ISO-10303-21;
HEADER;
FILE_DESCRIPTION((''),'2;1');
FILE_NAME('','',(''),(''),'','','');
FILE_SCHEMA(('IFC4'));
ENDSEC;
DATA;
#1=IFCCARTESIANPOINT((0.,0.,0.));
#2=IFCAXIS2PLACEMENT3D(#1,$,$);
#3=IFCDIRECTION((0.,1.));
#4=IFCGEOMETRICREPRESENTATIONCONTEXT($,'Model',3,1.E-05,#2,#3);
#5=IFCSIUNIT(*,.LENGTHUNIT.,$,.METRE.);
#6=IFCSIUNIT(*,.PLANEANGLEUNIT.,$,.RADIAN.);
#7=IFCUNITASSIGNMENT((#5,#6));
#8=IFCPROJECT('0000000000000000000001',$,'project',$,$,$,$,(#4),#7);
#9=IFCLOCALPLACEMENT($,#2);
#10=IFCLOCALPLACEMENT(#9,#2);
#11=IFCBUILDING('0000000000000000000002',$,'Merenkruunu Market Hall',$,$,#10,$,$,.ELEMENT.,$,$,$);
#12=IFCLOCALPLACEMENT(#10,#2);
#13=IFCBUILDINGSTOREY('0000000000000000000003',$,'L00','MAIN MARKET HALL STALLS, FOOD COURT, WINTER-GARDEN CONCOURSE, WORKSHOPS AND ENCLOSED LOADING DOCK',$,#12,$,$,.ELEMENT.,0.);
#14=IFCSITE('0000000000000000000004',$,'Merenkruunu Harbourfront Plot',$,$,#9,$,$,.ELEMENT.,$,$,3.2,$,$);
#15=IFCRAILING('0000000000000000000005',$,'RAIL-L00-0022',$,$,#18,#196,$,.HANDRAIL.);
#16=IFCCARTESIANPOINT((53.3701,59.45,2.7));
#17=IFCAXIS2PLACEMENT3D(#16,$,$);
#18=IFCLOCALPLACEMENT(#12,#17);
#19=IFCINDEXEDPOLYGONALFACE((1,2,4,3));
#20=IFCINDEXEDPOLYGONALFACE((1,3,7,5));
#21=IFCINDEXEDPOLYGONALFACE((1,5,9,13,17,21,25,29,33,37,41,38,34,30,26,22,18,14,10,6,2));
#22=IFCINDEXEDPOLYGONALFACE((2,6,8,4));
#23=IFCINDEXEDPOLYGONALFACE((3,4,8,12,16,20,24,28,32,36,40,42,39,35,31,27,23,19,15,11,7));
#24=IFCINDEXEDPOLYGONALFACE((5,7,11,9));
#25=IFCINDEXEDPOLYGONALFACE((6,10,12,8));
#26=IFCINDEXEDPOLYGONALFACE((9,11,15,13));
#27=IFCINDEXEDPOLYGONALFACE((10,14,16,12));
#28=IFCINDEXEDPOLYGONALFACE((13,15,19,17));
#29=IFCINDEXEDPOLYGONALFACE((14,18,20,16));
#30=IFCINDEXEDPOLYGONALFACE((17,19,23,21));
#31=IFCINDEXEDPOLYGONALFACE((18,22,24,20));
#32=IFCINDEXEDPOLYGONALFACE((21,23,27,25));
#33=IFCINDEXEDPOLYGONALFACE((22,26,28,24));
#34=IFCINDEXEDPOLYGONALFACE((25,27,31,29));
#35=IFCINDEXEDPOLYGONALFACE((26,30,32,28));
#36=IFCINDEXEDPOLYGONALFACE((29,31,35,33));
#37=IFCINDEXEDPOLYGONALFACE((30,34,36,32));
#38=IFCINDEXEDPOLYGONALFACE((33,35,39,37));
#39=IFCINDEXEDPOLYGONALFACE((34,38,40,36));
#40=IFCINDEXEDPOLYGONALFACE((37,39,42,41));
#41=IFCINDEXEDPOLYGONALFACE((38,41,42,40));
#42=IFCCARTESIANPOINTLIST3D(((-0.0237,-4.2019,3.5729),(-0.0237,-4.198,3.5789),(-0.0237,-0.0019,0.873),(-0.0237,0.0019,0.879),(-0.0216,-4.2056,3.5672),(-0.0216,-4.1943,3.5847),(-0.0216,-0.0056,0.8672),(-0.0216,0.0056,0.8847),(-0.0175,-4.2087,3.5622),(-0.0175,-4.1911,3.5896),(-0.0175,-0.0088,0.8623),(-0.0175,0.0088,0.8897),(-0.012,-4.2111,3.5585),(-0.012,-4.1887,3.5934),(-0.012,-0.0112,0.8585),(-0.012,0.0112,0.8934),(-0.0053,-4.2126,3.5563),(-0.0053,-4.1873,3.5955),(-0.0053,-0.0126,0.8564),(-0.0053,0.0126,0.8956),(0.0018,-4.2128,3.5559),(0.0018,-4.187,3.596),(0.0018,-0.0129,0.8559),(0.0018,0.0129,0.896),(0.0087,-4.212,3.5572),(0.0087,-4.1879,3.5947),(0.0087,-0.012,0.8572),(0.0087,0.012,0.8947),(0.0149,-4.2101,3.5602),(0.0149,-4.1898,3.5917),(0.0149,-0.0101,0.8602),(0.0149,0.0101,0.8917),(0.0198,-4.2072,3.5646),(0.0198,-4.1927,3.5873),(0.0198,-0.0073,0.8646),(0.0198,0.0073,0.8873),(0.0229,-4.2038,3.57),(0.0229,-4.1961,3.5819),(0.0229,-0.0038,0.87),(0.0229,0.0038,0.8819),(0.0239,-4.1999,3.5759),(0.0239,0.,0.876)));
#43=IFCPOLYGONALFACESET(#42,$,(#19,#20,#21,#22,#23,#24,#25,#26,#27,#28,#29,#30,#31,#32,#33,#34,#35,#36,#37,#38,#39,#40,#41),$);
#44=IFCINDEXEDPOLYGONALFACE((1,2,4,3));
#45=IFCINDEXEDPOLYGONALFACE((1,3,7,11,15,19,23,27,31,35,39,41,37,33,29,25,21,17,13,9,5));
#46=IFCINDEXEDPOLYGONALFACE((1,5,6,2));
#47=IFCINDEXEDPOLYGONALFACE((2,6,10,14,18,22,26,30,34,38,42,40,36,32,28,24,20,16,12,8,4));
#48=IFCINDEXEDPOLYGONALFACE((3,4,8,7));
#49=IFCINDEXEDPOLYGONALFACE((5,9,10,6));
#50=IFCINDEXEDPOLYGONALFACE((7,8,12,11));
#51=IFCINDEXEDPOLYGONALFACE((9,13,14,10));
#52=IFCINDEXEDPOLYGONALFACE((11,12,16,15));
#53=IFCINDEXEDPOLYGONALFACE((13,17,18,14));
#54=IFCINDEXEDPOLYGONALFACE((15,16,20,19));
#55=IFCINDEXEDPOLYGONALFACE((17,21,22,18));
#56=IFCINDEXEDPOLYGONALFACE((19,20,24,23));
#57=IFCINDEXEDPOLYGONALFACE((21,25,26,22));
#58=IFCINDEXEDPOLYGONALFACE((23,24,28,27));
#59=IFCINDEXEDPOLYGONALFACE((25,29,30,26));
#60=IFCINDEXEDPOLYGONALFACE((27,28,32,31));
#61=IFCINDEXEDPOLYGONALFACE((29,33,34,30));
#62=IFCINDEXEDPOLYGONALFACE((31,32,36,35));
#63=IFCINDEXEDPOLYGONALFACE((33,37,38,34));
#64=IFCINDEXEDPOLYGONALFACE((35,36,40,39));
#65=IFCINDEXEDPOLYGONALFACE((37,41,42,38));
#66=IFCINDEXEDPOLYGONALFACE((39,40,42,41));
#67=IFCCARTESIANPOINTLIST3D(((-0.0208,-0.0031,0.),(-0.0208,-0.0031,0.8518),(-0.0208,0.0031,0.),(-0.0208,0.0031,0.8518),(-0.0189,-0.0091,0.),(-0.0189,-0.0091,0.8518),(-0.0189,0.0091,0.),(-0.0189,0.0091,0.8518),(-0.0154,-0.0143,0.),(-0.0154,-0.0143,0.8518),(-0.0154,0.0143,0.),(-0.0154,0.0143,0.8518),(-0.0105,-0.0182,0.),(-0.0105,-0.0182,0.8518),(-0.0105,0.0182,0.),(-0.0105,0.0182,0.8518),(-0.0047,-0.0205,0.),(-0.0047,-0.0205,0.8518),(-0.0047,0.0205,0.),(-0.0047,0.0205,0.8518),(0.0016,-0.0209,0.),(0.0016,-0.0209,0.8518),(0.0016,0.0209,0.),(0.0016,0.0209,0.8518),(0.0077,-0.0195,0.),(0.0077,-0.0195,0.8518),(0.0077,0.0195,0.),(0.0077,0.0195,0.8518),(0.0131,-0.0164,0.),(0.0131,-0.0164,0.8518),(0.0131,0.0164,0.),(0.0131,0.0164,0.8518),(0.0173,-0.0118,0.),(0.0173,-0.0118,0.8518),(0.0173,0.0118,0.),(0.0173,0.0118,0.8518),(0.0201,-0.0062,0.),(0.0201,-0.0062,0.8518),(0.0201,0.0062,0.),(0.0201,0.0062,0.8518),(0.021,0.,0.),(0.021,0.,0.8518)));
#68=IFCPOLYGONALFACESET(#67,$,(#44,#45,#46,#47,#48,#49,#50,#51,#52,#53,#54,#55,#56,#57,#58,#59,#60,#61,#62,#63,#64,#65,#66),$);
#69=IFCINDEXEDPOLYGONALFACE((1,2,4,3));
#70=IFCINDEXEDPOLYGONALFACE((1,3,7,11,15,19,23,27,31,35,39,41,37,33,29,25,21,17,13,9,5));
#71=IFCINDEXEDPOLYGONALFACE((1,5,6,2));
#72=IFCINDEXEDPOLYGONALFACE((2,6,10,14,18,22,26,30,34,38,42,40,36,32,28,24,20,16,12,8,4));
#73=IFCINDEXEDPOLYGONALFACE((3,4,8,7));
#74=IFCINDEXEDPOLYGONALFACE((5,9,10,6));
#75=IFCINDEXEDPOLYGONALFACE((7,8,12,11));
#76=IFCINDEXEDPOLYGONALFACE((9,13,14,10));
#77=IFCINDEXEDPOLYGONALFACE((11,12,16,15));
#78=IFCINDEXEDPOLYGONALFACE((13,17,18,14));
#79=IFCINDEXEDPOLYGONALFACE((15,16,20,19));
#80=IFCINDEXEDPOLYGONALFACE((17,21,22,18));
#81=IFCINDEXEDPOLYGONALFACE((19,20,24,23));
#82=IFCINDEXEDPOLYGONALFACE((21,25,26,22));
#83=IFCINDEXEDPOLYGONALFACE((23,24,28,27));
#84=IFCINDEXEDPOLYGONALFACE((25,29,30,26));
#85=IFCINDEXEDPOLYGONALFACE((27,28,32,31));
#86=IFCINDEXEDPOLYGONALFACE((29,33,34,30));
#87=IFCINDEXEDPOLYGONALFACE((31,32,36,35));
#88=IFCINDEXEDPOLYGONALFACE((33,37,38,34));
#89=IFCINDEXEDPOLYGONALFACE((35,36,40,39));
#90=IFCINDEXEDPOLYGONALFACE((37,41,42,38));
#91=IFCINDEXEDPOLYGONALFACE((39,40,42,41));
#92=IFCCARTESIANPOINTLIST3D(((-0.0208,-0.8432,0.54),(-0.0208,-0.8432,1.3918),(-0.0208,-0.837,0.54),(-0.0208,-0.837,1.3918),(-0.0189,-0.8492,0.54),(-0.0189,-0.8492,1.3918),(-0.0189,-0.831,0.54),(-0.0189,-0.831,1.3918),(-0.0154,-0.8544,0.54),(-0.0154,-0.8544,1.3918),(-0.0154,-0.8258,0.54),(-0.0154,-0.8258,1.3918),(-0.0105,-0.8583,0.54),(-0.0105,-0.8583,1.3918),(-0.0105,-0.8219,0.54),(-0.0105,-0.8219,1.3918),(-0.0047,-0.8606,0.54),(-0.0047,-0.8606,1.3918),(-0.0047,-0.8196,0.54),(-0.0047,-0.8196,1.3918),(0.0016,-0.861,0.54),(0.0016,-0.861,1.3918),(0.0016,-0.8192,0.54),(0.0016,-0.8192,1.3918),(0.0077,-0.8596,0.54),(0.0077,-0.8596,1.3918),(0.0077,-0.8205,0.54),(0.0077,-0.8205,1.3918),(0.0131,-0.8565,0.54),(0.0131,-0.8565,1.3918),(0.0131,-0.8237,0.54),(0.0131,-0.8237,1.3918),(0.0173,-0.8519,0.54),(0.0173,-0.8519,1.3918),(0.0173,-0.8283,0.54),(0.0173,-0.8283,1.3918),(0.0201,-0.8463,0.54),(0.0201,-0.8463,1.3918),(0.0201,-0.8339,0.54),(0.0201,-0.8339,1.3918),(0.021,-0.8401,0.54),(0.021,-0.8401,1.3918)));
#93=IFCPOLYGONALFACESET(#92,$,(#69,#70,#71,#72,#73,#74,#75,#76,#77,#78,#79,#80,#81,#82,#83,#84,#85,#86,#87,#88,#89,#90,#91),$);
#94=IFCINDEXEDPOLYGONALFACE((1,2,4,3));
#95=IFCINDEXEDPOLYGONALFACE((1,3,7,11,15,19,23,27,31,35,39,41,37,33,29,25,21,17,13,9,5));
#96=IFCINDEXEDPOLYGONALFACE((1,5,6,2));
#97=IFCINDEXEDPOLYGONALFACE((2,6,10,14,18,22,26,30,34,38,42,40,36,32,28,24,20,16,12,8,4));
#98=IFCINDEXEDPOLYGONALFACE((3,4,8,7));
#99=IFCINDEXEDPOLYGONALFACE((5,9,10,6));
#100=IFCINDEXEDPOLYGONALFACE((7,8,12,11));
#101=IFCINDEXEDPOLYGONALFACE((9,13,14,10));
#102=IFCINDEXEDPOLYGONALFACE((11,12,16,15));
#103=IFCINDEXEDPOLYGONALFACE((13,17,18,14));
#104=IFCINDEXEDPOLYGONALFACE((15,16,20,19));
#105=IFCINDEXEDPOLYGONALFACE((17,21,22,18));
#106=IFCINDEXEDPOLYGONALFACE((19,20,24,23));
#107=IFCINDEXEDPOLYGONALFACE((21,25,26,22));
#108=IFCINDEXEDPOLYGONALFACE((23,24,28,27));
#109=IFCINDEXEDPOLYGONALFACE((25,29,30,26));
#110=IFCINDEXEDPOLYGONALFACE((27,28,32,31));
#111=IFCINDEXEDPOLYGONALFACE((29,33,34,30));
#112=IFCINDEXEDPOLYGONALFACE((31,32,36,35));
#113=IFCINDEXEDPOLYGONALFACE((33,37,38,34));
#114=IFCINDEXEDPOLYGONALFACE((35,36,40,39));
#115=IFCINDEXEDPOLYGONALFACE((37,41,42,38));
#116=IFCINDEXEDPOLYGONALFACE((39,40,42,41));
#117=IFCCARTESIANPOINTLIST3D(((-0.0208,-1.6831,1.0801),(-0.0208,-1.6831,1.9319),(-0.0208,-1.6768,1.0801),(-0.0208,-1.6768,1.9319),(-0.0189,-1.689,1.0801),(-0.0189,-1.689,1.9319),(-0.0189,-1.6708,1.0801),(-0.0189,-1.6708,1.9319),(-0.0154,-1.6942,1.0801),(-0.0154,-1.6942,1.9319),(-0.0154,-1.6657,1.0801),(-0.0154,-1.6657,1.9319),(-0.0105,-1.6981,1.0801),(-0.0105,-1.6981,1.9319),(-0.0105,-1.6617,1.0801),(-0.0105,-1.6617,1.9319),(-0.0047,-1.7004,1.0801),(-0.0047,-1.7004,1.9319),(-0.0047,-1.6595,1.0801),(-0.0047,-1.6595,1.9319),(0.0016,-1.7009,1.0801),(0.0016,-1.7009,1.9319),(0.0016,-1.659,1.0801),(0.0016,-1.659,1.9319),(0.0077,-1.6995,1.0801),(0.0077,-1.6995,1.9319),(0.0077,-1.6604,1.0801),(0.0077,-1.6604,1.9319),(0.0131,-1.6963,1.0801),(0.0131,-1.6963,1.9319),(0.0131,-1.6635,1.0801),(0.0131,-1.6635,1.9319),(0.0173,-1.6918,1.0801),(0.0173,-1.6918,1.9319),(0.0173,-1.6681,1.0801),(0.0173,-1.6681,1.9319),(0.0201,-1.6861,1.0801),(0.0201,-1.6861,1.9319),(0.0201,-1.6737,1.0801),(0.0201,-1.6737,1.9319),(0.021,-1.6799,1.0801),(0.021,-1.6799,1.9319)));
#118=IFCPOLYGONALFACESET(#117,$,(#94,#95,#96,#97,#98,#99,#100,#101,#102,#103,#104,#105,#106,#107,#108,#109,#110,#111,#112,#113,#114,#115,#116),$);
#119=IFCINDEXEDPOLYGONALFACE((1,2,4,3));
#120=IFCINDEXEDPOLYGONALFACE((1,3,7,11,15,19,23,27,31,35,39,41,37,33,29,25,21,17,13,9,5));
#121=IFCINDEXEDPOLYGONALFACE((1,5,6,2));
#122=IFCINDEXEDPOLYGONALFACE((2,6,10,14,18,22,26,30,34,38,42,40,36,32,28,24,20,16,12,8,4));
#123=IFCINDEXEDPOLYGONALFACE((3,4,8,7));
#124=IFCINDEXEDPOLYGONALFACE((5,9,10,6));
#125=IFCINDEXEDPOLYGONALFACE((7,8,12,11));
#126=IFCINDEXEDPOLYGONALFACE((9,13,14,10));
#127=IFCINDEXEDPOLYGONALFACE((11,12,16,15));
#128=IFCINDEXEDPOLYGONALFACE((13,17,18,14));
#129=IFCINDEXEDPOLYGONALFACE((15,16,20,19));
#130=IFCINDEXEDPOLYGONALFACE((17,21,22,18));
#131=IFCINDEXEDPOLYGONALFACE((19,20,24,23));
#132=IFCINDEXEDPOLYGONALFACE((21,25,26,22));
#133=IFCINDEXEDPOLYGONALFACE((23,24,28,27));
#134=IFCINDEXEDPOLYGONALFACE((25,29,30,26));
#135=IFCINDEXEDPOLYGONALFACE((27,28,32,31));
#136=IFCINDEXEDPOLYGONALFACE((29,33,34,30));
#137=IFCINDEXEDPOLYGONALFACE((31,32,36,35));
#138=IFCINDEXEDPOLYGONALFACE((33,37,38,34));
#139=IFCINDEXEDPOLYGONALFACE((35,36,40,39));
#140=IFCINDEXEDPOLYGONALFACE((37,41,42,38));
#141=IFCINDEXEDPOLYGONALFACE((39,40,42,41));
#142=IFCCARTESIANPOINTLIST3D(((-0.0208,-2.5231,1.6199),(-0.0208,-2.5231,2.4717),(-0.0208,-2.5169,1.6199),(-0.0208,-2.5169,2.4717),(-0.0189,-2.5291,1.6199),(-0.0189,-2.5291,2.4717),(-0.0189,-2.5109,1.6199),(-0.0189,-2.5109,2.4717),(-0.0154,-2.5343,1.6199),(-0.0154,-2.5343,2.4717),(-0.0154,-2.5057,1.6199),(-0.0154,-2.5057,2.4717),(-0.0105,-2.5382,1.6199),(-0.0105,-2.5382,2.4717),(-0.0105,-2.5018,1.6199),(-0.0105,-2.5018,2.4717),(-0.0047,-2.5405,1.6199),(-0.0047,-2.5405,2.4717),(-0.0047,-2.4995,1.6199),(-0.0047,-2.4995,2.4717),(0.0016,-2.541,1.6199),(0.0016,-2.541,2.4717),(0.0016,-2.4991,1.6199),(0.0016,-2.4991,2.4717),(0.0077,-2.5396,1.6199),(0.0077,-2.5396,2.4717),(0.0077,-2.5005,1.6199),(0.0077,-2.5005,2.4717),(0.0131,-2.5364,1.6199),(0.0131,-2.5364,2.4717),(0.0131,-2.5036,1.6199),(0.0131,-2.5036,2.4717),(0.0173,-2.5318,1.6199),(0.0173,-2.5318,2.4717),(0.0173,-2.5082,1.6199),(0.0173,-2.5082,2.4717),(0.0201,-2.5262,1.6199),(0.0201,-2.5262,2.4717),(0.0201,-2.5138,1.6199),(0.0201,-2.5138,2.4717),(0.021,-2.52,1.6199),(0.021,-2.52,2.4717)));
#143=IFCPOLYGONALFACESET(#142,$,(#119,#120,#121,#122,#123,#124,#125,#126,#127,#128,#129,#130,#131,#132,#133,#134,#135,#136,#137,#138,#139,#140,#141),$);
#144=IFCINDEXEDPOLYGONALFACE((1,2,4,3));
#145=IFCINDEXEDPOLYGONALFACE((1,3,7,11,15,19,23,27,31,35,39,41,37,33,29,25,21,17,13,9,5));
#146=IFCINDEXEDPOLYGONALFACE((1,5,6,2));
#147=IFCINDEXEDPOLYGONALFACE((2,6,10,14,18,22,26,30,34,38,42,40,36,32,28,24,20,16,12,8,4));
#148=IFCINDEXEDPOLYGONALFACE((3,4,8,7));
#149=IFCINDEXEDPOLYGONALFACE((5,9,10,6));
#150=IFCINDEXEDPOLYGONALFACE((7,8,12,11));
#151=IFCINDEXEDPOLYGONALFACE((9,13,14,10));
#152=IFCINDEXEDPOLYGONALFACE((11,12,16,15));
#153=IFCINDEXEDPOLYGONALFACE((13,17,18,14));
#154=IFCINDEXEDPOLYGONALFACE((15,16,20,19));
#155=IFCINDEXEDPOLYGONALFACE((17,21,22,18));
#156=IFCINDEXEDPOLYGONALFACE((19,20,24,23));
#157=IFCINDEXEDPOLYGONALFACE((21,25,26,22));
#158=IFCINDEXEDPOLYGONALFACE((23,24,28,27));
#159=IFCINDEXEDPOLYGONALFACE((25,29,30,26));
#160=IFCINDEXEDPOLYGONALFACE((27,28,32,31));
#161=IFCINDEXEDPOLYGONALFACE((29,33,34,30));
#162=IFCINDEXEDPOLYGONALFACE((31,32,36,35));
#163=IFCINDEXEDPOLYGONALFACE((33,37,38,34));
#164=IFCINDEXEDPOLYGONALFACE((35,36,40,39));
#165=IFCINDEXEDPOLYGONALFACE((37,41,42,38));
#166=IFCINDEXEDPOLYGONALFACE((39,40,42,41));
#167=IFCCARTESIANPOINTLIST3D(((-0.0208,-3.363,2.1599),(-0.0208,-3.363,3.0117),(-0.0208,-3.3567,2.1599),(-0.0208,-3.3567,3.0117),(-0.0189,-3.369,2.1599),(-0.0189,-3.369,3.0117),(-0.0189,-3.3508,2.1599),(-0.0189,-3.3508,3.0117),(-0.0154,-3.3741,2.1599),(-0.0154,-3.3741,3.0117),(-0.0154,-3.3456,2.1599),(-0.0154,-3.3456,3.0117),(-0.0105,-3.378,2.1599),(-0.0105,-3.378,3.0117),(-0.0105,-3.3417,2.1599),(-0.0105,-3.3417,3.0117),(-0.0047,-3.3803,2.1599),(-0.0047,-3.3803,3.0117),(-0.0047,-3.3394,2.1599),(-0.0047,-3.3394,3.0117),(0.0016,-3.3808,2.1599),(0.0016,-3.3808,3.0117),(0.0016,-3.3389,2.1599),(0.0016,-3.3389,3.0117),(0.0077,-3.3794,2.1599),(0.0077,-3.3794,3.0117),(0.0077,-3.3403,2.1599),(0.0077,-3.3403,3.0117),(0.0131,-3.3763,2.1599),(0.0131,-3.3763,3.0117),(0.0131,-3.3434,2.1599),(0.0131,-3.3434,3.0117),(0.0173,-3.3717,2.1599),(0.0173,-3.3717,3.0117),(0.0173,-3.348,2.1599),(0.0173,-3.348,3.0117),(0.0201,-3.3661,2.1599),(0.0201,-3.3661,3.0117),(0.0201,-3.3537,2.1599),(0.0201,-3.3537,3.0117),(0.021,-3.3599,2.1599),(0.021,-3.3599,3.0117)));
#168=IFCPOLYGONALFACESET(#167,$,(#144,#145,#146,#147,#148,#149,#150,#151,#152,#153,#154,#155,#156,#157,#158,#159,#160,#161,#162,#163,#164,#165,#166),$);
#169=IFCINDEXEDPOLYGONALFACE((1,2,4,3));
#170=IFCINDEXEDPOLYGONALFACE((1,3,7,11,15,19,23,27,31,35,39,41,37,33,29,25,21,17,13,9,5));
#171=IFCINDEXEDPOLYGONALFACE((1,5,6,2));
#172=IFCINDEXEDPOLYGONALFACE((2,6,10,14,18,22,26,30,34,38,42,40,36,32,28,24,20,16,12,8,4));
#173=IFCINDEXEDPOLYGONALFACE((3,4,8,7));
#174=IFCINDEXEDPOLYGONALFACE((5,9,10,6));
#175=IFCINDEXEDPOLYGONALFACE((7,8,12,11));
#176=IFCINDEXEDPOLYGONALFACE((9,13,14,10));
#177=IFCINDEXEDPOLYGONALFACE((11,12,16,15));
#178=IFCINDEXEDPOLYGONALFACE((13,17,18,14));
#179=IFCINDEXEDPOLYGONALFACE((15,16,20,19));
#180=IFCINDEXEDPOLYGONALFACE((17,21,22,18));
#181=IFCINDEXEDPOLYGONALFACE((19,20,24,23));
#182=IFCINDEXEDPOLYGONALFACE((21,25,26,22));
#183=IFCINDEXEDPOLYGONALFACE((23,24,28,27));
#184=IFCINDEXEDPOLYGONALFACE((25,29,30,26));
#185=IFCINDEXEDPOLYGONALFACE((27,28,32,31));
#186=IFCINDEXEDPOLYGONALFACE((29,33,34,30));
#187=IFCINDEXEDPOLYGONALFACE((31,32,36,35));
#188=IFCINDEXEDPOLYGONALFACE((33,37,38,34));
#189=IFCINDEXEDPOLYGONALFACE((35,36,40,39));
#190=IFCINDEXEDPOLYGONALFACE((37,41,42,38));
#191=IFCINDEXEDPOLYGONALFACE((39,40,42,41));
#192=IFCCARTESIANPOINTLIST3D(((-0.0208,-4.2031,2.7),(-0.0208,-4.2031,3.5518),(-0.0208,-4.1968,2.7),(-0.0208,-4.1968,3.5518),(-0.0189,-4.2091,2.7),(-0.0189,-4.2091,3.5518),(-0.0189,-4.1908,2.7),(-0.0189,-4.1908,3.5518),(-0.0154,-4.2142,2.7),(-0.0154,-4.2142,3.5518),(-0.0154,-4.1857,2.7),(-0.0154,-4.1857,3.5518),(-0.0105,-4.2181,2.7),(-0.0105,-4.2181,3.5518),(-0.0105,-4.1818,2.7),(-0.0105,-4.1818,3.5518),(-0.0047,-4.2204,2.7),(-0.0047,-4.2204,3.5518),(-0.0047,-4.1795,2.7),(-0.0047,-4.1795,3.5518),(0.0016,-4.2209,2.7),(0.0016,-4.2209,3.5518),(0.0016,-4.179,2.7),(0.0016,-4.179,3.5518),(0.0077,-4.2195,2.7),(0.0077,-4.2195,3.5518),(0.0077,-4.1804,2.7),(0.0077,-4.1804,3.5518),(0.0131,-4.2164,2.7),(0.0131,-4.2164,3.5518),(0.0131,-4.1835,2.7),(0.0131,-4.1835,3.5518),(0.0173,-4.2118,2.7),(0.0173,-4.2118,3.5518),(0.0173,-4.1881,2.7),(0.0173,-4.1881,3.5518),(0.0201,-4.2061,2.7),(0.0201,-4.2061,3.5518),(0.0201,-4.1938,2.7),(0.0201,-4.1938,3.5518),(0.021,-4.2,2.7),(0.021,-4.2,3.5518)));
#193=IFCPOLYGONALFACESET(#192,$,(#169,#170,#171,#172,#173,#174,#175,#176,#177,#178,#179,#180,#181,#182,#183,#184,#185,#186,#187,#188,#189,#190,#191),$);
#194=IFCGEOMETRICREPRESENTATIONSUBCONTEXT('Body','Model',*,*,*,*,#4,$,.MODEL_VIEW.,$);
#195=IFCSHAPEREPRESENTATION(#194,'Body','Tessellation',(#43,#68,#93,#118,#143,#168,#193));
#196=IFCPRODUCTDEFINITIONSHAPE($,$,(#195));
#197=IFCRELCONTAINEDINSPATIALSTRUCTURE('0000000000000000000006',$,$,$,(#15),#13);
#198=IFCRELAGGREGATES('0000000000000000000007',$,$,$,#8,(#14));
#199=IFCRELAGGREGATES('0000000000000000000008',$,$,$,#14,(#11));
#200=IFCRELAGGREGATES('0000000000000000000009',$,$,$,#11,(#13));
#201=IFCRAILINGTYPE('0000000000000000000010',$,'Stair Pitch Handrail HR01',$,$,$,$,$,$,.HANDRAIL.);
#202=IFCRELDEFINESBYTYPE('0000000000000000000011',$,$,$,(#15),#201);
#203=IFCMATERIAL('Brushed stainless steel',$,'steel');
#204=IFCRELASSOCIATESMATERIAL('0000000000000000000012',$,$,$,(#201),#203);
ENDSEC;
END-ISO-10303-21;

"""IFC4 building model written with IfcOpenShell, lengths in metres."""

from ifc_helpers import new_model, si_unit, direction, frame, origin, origin_2d, place, context, subcontext, project, spatial, circle, extrude, material, type_object, element, save


model = new_model("IFC4")

# Units and contexts
model_context = context("Model", 3, precision=1e-05, world=origin(), true_north=direction((0.0, 1.0)))
body_context = subcontext(model_context, "Body", "Model", "MODEL_VIEW")
ifc_project = project(units=[si_unit("LENGTHUNIT", "METRE"), si_unit("PLANEANGLEUNIT", "RADIAN")], contexts=[model_context])

# Site, building, storey
site_placement = place(None, origin())
site = spatial("IfcSite", under=ifc_project, at=site_placement, Name="Merenkruunu Harbourfront Plot", CompositionType="ELEMENT", RefElevation=3.2)
building_placement = place(site_placement, origin())
building = spatial("IfcBuilding", under=site, at=building_placement, Name="Merenkruunu Market Hall", CompositionType="ELEMENT")
storey_placement = place(building_placement, origin())
storey = spatial("IfcBuildingStorey", under=building, at=storey_placement, Name="L00", Description="MAIN MARKET HALL STALLS, FOOD COURT, WINTER-GARDEN CONCOURSE, WORKSHOPS AND ENCLOSED LOADING DOCK", CompositionType="ELEMENT", Elevation=0.0)

# Railing
ifc_material_1 = material(Name="Brushed stainless steel", Category="steel")
railing_type_1 = type_object("IfcRailingType", Name="Stair Pitch Handrail HR01", PredefinedType="HANDRAIL", material=ifc_material_1)
railing_1_placement = place(storey_placement, frame((53.3701, 59.45, 2.7)))
element("IfcRailing", 1, at=railing_1_placement, inside=storey, type_object=railing_type_1, Name="RAIL-L00-0022", PredefinedType="HANDRAIL", context=body_context, shape_type="SweptSolid", body=[
    extrude(circle(Radius=0.0239, at=origin_2d()), frame((0.0, 0.0, 0.876), z_axis=(0.0, -0.84118, 0.540755), x_axis=(1.0, 0.0, 0.0)), (0.0, 0.0, 1.0), 4.9929),
    extrude(circle(Radius=0.021, at=origin_2d()), origin(), (0.0, 0.0, 1.0), 0.8518),
    extrude(circle(Radius=0.021, at=origin_2d()), frame((0.0, -0.8401, 0.54)), (0.0, 0.0, 1.0), 0.8518),
    extrude(circle(Radius=0.021, at=origin_2d()), frame((0.0, -1.6799, 1.0801)), (0.0, 0.0, 1.0), 0.8518),
    extrude(circle(Radius=0.021, at=origin_2d()), frame((0.0, -2.52, 1.6199)), (0.0, 0.0, 1.0), 0.8518),
    extrude(circle(Radius=0.021, at=origin_2d()), frame((0.0, -3.3599, 2.1599)), (0.0, 0.0, 1.0), 0.8518),
    extrude(circle(Radius=0.021, at=origin_2d()), frame((0.0, -4.2, 2.7)), (0.0, 0.0, 1.0), 0.8518),
])

save(model, "model.ifc")
